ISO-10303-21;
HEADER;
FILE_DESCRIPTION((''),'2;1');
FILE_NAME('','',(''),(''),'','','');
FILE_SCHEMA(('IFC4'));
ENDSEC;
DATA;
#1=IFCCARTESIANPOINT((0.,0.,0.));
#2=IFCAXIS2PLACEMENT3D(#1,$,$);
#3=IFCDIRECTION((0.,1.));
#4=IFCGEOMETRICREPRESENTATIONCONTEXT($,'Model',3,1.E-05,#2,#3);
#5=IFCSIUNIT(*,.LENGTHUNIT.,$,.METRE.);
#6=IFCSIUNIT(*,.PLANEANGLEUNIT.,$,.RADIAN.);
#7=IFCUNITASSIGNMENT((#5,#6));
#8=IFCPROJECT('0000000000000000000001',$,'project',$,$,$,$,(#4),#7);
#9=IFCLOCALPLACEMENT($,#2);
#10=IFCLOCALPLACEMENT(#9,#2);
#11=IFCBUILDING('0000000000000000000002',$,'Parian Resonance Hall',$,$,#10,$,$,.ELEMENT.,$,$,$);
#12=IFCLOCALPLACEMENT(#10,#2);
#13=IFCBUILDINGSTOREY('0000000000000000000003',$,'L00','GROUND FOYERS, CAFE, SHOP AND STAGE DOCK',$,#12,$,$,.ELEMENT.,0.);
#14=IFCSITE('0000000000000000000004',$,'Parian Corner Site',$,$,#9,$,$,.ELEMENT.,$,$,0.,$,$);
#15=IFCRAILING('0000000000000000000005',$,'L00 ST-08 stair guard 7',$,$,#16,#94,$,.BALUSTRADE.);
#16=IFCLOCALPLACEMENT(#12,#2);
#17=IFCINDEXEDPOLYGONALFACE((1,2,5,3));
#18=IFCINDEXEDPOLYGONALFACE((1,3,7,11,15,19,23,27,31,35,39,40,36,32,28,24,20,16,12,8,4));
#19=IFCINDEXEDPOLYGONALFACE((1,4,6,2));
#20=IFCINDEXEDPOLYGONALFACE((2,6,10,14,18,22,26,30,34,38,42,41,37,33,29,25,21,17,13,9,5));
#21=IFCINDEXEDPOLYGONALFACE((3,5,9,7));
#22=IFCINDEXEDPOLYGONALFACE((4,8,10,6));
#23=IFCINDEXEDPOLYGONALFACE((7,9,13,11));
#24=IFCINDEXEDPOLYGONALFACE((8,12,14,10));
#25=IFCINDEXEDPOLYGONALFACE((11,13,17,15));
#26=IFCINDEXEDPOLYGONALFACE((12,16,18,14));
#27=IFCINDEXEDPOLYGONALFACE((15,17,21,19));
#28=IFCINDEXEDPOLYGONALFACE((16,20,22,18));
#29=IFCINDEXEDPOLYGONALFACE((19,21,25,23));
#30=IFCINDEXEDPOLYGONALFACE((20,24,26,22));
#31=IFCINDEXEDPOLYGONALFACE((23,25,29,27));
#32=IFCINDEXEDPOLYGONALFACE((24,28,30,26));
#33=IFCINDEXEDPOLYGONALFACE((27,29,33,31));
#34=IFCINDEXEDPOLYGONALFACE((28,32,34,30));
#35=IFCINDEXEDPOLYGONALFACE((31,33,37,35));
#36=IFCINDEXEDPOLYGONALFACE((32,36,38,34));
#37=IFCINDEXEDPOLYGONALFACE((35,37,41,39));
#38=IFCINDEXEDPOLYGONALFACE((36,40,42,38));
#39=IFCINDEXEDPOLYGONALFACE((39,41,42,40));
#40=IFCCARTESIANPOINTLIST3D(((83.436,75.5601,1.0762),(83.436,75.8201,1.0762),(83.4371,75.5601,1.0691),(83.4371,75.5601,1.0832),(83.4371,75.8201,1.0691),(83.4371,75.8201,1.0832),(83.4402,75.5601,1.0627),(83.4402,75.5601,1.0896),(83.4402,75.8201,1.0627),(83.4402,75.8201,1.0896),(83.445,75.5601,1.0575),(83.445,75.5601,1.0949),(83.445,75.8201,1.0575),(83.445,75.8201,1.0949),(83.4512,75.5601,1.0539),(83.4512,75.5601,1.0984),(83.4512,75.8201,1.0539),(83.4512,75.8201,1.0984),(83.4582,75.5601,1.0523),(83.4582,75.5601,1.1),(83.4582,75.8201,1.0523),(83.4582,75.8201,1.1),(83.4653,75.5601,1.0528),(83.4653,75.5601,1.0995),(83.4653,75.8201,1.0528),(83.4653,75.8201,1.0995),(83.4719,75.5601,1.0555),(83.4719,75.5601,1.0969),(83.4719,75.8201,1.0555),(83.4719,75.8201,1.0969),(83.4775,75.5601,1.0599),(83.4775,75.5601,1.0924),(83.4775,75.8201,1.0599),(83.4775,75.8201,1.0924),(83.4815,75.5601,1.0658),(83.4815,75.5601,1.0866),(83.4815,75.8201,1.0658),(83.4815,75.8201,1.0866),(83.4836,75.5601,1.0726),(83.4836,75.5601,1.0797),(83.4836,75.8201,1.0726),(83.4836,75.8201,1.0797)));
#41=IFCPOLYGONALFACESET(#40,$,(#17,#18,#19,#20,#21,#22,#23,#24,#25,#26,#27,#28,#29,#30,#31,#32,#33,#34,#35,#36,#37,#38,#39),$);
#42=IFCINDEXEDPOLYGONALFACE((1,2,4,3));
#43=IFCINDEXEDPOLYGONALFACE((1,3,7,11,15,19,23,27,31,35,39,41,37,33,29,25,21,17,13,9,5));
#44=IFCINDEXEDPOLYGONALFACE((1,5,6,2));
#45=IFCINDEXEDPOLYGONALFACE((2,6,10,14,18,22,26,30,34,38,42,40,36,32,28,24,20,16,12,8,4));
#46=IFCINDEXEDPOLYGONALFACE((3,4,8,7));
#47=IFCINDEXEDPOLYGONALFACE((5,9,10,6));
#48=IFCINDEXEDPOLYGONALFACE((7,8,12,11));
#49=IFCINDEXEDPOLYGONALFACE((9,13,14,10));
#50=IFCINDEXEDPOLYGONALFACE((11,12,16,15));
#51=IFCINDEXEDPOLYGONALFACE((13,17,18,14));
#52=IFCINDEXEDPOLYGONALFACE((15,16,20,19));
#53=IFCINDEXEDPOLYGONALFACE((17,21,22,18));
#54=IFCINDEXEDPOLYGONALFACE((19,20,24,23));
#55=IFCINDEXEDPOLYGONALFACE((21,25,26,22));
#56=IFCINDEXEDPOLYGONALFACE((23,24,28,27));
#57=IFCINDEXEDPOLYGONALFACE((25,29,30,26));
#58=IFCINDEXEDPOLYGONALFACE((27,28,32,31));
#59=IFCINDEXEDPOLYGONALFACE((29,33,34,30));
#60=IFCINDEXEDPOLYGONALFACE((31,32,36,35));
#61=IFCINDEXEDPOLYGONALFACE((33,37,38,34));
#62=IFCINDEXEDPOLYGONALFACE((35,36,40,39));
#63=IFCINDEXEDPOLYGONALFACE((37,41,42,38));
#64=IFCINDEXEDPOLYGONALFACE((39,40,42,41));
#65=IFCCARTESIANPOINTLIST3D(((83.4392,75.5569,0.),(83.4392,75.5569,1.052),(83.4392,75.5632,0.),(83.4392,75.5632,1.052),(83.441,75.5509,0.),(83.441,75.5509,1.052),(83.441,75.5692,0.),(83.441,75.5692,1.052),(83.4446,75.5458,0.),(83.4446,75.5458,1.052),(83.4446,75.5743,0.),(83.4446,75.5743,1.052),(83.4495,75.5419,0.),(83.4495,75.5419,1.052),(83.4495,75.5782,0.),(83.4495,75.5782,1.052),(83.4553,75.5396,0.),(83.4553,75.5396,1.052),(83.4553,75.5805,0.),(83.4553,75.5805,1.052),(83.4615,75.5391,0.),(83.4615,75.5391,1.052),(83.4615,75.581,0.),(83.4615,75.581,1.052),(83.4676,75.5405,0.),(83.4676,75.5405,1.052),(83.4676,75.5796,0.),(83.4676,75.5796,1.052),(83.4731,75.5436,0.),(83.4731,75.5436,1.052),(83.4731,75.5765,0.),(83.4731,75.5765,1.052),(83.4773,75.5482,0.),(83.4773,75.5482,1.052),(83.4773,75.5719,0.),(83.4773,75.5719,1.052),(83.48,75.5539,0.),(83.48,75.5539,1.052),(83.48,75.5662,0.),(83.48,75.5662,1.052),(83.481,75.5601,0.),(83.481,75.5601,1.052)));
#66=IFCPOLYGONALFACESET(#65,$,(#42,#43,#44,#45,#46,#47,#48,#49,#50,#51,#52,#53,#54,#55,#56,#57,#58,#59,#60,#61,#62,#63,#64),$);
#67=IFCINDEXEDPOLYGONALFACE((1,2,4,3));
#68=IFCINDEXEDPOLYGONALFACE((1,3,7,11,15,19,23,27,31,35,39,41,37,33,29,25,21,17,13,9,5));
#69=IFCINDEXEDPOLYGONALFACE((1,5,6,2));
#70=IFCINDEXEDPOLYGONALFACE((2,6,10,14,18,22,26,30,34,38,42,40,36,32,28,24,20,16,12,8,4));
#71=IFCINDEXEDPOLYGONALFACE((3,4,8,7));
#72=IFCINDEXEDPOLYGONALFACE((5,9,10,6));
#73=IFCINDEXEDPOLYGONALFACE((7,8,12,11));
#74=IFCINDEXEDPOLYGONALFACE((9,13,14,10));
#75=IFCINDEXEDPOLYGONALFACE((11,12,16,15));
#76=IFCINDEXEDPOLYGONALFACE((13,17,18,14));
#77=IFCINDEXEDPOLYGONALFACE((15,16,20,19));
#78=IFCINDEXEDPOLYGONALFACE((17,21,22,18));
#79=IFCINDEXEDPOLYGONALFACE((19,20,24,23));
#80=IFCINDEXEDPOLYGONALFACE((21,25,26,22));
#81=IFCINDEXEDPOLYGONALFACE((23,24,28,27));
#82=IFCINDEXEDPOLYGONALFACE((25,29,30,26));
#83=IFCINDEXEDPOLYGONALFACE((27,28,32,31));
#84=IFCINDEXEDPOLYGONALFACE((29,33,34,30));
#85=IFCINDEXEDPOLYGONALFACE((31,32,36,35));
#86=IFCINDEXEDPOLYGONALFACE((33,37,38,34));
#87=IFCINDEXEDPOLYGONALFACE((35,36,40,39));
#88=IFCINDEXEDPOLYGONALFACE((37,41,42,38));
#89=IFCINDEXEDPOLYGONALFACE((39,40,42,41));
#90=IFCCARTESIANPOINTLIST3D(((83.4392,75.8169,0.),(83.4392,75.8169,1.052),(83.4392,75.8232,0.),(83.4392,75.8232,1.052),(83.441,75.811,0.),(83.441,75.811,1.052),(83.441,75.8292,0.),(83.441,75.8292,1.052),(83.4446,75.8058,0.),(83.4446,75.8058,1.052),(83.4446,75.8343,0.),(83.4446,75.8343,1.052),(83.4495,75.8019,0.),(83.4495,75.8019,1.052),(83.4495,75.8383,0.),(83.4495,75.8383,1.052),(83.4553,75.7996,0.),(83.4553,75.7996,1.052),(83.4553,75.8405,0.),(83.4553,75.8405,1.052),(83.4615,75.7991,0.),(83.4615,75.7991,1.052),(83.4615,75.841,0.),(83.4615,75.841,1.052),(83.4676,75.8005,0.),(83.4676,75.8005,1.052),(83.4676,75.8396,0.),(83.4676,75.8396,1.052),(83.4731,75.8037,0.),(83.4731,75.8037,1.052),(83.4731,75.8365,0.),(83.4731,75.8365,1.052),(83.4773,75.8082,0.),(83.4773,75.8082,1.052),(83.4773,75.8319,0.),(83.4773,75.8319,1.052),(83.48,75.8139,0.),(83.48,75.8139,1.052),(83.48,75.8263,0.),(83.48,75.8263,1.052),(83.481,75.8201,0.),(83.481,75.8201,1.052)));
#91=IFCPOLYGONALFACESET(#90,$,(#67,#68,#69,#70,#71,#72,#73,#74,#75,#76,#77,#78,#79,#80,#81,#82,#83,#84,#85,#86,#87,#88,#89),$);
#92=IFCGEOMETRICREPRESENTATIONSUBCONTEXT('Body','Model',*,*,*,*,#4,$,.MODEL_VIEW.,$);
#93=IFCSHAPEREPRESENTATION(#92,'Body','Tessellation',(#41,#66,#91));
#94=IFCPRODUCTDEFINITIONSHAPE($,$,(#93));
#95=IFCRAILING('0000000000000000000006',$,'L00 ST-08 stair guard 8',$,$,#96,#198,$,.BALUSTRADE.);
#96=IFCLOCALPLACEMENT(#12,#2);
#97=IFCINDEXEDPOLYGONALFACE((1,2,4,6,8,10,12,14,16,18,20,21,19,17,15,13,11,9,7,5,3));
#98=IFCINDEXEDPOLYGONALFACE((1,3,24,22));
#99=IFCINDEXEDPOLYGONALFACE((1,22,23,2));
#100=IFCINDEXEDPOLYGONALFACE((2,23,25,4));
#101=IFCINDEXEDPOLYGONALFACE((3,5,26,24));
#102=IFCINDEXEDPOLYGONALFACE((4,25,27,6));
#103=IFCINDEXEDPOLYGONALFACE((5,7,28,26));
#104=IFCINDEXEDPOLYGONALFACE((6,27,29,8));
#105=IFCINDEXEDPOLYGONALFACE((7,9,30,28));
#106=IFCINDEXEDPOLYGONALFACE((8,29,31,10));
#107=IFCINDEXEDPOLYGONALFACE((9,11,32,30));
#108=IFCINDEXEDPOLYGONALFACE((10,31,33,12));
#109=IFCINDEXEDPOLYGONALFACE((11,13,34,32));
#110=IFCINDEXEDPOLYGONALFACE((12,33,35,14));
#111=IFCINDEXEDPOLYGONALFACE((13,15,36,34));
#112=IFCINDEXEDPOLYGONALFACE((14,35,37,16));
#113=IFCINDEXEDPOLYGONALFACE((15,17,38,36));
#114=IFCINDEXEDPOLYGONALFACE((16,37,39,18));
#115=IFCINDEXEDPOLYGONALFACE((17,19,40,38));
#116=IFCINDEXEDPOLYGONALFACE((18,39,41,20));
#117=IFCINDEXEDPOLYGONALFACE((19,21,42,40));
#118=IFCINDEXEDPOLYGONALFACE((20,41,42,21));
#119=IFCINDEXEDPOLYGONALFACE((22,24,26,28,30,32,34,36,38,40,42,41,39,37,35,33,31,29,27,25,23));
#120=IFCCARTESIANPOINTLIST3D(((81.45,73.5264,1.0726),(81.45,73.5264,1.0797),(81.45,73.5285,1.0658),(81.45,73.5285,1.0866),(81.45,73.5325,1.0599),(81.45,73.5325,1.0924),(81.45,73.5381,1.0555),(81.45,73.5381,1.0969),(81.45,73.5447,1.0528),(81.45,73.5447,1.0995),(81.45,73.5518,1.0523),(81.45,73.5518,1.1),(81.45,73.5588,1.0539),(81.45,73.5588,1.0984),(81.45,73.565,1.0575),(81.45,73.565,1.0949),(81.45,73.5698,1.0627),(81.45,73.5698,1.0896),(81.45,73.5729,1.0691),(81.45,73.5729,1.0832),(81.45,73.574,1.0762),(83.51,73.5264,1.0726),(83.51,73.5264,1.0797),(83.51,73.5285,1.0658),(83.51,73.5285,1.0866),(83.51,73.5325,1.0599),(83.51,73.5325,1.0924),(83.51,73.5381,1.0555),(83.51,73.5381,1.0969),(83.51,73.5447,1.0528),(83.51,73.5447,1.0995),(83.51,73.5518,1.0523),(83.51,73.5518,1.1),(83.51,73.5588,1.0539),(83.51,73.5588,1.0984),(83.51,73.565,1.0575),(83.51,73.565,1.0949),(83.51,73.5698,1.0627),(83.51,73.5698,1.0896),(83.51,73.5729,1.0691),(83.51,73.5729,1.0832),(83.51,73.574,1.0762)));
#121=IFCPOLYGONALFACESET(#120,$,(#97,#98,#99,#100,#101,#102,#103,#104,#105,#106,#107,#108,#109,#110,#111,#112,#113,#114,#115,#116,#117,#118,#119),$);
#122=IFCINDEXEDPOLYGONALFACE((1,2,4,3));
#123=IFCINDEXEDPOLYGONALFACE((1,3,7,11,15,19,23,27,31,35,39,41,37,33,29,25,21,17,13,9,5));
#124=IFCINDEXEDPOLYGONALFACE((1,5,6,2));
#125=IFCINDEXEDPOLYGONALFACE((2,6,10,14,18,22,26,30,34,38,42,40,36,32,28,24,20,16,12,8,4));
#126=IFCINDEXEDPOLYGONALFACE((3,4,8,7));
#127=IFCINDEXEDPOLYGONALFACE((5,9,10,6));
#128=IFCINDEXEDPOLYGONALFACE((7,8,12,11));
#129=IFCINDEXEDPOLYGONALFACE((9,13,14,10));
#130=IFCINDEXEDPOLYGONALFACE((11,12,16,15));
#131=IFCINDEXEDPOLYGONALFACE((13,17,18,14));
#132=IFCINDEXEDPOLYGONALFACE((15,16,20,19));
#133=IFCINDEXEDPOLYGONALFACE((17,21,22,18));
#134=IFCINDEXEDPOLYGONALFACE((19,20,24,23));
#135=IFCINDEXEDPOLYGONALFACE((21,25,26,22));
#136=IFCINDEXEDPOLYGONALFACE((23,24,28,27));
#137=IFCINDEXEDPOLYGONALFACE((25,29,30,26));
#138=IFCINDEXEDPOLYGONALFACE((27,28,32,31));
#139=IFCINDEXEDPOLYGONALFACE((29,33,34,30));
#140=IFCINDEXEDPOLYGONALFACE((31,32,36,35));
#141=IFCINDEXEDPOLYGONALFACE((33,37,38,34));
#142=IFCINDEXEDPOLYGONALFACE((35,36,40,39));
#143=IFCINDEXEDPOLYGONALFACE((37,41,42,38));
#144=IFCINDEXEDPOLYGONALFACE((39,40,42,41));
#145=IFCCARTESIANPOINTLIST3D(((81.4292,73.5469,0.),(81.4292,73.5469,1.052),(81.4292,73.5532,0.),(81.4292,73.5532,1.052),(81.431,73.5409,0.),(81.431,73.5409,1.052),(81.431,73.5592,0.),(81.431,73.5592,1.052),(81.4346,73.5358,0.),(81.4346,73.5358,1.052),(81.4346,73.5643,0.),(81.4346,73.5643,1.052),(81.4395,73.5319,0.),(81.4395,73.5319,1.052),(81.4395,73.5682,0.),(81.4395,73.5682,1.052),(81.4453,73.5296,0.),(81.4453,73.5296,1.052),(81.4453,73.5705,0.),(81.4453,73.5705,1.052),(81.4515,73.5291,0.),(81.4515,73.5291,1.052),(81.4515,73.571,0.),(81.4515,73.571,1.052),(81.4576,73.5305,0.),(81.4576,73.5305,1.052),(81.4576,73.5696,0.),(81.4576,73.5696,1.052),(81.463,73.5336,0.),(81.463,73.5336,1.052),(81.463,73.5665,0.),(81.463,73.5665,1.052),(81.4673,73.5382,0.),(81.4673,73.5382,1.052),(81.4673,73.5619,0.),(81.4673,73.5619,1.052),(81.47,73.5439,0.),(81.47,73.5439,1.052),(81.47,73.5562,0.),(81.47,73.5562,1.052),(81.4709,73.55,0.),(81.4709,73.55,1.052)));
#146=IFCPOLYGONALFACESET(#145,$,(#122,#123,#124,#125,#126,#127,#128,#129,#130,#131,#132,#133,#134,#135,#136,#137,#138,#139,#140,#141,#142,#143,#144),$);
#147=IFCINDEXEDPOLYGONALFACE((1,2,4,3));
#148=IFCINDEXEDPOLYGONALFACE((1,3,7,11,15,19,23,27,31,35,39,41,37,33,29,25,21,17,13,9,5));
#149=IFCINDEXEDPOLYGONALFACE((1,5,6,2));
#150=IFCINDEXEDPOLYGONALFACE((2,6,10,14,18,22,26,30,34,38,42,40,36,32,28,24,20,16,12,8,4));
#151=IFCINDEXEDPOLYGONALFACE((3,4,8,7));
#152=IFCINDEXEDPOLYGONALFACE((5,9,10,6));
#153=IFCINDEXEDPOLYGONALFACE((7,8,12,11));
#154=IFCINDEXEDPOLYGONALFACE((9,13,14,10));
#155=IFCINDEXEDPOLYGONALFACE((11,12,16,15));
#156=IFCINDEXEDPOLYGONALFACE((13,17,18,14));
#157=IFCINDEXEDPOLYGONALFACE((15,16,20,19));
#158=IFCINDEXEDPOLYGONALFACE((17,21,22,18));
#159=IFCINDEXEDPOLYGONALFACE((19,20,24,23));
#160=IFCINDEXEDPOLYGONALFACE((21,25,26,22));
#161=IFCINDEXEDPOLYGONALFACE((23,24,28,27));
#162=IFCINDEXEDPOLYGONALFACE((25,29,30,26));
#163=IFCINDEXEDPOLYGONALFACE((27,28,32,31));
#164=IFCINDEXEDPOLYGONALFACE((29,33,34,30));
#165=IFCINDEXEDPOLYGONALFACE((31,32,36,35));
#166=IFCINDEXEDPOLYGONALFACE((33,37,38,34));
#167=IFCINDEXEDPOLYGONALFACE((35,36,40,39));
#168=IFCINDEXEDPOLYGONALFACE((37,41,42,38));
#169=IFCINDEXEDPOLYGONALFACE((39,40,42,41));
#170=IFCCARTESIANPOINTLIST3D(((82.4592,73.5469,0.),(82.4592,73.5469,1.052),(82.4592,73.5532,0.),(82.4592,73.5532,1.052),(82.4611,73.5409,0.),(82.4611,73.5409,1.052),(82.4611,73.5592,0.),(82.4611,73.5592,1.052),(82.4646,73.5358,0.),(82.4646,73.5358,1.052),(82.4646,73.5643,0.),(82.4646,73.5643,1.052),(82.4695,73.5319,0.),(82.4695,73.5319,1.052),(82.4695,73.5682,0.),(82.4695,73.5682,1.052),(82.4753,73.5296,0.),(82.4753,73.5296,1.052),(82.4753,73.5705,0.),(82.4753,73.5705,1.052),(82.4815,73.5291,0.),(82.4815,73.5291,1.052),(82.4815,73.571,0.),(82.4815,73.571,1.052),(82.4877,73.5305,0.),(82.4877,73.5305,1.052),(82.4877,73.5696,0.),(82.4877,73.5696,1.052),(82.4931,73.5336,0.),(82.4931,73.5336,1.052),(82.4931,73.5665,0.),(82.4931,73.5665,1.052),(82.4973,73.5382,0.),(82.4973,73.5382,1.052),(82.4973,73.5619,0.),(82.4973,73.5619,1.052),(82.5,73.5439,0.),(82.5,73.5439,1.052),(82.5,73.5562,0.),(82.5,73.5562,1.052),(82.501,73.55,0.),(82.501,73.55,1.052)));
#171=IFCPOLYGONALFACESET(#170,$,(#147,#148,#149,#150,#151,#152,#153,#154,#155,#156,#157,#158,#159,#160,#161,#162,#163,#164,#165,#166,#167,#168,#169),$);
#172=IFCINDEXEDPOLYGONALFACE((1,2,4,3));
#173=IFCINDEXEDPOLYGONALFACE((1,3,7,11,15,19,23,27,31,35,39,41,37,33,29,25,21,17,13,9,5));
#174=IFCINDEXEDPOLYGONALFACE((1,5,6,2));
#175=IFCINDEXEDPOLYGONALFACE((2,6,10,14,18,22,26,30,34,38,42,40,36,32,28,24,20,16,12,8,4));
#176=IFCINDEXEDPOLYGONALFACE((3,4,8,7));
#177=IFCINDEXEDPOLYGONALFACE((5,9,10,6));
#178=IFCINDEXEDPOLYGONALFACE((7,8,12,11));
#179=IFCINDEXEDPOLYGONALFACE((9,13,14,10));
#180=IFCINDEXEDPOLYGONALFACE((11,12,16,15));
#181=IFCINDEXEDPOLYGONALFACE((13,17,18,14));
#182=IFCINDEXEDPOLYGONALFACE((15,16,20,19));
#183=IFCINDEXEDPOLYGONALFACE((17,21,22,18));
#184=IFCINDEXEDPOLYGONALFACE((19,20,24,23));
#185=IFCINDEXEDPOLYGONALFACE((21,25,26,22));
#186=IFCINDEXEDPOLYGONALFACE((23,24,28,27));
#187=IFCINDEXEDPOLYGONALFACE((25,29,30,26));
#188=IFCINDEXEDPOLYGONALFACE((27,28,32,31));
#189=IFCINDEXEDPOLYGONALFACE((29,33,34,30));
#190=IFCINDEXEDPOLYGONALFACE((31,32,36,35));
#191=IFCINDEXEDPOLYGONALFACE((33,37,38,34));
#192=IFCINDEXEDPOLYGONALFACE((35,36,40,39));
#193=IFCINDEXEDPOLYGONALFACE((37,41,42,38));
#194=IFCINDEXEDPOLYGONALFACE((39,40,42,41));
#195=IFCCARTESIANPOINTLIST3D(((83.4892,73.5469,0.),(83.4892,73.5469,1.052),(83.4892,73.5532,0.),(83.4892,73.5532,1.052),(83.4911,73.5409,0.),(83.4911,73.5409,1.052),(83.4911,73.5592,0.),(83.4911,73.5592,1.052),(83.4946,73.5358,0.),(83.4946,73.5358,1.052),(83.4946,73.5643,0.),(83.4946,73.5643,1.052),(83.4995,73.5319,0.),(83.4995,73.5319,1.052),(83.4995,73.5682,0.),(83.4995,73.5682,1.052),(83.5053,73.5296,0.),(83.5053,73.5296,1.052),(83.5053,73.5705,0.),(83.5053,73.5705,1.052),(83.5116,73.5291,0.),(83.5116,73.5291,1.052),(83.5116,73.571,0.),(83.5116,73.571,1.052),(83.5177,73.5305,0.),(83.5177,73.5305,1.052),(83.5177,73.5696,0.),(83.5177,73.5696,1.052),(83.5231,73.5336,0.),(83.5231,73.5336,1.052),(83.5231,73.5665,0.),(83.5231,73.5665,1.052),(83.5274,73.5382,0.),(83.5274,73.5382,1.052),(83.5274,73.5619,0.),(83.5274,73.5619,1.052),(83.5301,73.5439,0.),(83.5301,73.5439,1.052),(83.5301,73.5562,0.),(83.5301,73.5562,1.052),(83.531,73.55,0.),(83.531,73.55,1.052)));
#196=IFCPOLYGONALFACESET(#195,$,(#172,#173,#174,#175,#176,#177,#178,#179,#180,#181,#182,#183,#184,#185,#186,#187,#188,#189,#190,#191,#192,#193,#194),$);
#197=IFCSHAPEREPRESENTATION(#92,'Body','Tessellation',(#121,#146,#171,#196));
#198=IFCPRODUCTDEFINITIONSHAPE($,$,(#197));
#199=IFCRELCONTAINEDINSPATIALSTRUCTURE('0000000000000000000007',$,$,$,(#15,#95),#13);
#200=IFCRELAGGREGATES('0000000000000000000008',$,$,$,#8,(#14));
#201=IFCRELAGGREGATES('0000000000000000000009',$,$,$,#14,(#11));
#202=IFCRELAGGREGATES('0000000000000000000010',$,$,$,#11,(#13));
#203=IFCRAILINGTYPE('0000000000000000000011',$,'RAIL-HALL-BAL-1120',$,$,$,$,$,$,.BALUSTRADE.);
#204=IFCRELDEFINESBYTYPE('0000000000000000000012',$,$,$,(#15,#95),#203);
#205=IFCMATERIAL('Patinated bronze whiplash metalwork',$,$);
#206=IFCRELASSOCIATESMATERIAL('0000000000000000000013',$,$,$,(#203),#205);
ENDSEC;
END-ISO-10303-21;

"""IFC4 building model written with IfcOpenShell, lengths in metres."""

from ifc_helpers import new_model, si_unit, direction, frame, origin, origin_2d, place, context, subcontext, project, spatial, circle, extrude, material, type_object, element, save


model = new_model("IFC4")

# Units and contexts
model_context = context("Model", 3, precision=1e-05, world=origin(), true_north=direction((0.0, 1.0)))
body_context = subcontext(model_context, "Body", "Model", "MODEL_VIEW")
ifc_project = project(units=[si_unit("LENGTHUNIT", "METRE"), si_unit("PLANEANGLEUNIT", "RADIAN")], contexts=[model_context])

# Site, building, storey
site_placement = place(None, origin())
site = spatial("IfcSite", under=ifc_project, at=site_placement, Name="Parian Corner Site", CompositionType="ELEMENT", RefElevation=0.0)
building_placement = place(site_placement, origin())
building = spatial("IfcBuilding", under=site, at=building_placement, Name="Parian Resonance Hall", CompositionType="ELEMENT")
storey_placement = place(building_placement, origin())
storey = spatial("IfcBuildingStorey", under=building, at=storey_placement, Name="L00", Description="GROUND FOYERS, CAFE, SHOP AND STAGE DOCK", CompositionType="ELEMENT", Elevation=0.0)

# Railings
ifc_material_1 = material(Name="Patinated bronze whiplash metalwork")
railing_type_1 = type_object("IfcRailingType", Name="RAIL-HALL-BAL-1120", PredefinedType="BALUSTRADE", material=ifc_material_1)
railing_1_placement = place(storey_placement, frame((83.46, 75.5601, 0.0)))
element("IfcRailing", 1, at=railing_1_placement, inside=storey, type_object=railing_type_1, Name="L00 ST-08 stair guard 7", PredefinedType="BALUSTRADE", context=body_context, shape_type="SweptSolid", body=[
    extrude(circle(Radius=0.0239, at=origin_2d()), frame((0.0, 0.0, 1.0762), z_axis=(0.0, 1.0, 0.0), x_axis=(-1.0, 0.0, 0.0)), (0.0, 0.0, 1.0), 0.26),
    extrude(circle(Radius=0.021, at=origin_2d()), origin(), (0.0, 0.0, 1.0), 1.052),
    extrude(circle(Radius=0.021, at=origin_2d()), frame((0.0, 0.26, 0.0)), (0.0, 0.0, 1.0), 1.052),
])
for number, where, name in (
    (2, (81.45, 73.55, 0.0), "L00 ST-08 stair guard 8"),
):
    element("IfcRailing", number, at=place(storey_placement, frame(where)), inside=storey, type_object=railing_type_1, Name=name, PredefinedType="BALUSTRADE", context=body_context, shape_type="SweptSolid", body=[
        extrude(circle(Radius=0.0239, at=origin_2d()), frame((0.0, 0.0, 1.0762), z_axis=(1.0, 0.0, 0.0), x_axis=(0.0, 1.0, 0.0)), (0.0, 0.0, 1.0), 2.0601),
        extrude(circle(Radius=0.021, at=origin_2d()), origin(), (0.0, 0.0, 1.0), 1.052),
        extrude(circle(Radius=0.021, at=origin_2d()), frame((1.03, 0.0, 0.0)), (0.0, 0.0, 1.0), 1.052),
        extrude(circle(Radius=0.021, at=origin_2d()), frame((2.0601, 0.0, 0.0)), (0.0, 0.0, 1.0), 1.052),
    ])

save(model, "model.ifc")
